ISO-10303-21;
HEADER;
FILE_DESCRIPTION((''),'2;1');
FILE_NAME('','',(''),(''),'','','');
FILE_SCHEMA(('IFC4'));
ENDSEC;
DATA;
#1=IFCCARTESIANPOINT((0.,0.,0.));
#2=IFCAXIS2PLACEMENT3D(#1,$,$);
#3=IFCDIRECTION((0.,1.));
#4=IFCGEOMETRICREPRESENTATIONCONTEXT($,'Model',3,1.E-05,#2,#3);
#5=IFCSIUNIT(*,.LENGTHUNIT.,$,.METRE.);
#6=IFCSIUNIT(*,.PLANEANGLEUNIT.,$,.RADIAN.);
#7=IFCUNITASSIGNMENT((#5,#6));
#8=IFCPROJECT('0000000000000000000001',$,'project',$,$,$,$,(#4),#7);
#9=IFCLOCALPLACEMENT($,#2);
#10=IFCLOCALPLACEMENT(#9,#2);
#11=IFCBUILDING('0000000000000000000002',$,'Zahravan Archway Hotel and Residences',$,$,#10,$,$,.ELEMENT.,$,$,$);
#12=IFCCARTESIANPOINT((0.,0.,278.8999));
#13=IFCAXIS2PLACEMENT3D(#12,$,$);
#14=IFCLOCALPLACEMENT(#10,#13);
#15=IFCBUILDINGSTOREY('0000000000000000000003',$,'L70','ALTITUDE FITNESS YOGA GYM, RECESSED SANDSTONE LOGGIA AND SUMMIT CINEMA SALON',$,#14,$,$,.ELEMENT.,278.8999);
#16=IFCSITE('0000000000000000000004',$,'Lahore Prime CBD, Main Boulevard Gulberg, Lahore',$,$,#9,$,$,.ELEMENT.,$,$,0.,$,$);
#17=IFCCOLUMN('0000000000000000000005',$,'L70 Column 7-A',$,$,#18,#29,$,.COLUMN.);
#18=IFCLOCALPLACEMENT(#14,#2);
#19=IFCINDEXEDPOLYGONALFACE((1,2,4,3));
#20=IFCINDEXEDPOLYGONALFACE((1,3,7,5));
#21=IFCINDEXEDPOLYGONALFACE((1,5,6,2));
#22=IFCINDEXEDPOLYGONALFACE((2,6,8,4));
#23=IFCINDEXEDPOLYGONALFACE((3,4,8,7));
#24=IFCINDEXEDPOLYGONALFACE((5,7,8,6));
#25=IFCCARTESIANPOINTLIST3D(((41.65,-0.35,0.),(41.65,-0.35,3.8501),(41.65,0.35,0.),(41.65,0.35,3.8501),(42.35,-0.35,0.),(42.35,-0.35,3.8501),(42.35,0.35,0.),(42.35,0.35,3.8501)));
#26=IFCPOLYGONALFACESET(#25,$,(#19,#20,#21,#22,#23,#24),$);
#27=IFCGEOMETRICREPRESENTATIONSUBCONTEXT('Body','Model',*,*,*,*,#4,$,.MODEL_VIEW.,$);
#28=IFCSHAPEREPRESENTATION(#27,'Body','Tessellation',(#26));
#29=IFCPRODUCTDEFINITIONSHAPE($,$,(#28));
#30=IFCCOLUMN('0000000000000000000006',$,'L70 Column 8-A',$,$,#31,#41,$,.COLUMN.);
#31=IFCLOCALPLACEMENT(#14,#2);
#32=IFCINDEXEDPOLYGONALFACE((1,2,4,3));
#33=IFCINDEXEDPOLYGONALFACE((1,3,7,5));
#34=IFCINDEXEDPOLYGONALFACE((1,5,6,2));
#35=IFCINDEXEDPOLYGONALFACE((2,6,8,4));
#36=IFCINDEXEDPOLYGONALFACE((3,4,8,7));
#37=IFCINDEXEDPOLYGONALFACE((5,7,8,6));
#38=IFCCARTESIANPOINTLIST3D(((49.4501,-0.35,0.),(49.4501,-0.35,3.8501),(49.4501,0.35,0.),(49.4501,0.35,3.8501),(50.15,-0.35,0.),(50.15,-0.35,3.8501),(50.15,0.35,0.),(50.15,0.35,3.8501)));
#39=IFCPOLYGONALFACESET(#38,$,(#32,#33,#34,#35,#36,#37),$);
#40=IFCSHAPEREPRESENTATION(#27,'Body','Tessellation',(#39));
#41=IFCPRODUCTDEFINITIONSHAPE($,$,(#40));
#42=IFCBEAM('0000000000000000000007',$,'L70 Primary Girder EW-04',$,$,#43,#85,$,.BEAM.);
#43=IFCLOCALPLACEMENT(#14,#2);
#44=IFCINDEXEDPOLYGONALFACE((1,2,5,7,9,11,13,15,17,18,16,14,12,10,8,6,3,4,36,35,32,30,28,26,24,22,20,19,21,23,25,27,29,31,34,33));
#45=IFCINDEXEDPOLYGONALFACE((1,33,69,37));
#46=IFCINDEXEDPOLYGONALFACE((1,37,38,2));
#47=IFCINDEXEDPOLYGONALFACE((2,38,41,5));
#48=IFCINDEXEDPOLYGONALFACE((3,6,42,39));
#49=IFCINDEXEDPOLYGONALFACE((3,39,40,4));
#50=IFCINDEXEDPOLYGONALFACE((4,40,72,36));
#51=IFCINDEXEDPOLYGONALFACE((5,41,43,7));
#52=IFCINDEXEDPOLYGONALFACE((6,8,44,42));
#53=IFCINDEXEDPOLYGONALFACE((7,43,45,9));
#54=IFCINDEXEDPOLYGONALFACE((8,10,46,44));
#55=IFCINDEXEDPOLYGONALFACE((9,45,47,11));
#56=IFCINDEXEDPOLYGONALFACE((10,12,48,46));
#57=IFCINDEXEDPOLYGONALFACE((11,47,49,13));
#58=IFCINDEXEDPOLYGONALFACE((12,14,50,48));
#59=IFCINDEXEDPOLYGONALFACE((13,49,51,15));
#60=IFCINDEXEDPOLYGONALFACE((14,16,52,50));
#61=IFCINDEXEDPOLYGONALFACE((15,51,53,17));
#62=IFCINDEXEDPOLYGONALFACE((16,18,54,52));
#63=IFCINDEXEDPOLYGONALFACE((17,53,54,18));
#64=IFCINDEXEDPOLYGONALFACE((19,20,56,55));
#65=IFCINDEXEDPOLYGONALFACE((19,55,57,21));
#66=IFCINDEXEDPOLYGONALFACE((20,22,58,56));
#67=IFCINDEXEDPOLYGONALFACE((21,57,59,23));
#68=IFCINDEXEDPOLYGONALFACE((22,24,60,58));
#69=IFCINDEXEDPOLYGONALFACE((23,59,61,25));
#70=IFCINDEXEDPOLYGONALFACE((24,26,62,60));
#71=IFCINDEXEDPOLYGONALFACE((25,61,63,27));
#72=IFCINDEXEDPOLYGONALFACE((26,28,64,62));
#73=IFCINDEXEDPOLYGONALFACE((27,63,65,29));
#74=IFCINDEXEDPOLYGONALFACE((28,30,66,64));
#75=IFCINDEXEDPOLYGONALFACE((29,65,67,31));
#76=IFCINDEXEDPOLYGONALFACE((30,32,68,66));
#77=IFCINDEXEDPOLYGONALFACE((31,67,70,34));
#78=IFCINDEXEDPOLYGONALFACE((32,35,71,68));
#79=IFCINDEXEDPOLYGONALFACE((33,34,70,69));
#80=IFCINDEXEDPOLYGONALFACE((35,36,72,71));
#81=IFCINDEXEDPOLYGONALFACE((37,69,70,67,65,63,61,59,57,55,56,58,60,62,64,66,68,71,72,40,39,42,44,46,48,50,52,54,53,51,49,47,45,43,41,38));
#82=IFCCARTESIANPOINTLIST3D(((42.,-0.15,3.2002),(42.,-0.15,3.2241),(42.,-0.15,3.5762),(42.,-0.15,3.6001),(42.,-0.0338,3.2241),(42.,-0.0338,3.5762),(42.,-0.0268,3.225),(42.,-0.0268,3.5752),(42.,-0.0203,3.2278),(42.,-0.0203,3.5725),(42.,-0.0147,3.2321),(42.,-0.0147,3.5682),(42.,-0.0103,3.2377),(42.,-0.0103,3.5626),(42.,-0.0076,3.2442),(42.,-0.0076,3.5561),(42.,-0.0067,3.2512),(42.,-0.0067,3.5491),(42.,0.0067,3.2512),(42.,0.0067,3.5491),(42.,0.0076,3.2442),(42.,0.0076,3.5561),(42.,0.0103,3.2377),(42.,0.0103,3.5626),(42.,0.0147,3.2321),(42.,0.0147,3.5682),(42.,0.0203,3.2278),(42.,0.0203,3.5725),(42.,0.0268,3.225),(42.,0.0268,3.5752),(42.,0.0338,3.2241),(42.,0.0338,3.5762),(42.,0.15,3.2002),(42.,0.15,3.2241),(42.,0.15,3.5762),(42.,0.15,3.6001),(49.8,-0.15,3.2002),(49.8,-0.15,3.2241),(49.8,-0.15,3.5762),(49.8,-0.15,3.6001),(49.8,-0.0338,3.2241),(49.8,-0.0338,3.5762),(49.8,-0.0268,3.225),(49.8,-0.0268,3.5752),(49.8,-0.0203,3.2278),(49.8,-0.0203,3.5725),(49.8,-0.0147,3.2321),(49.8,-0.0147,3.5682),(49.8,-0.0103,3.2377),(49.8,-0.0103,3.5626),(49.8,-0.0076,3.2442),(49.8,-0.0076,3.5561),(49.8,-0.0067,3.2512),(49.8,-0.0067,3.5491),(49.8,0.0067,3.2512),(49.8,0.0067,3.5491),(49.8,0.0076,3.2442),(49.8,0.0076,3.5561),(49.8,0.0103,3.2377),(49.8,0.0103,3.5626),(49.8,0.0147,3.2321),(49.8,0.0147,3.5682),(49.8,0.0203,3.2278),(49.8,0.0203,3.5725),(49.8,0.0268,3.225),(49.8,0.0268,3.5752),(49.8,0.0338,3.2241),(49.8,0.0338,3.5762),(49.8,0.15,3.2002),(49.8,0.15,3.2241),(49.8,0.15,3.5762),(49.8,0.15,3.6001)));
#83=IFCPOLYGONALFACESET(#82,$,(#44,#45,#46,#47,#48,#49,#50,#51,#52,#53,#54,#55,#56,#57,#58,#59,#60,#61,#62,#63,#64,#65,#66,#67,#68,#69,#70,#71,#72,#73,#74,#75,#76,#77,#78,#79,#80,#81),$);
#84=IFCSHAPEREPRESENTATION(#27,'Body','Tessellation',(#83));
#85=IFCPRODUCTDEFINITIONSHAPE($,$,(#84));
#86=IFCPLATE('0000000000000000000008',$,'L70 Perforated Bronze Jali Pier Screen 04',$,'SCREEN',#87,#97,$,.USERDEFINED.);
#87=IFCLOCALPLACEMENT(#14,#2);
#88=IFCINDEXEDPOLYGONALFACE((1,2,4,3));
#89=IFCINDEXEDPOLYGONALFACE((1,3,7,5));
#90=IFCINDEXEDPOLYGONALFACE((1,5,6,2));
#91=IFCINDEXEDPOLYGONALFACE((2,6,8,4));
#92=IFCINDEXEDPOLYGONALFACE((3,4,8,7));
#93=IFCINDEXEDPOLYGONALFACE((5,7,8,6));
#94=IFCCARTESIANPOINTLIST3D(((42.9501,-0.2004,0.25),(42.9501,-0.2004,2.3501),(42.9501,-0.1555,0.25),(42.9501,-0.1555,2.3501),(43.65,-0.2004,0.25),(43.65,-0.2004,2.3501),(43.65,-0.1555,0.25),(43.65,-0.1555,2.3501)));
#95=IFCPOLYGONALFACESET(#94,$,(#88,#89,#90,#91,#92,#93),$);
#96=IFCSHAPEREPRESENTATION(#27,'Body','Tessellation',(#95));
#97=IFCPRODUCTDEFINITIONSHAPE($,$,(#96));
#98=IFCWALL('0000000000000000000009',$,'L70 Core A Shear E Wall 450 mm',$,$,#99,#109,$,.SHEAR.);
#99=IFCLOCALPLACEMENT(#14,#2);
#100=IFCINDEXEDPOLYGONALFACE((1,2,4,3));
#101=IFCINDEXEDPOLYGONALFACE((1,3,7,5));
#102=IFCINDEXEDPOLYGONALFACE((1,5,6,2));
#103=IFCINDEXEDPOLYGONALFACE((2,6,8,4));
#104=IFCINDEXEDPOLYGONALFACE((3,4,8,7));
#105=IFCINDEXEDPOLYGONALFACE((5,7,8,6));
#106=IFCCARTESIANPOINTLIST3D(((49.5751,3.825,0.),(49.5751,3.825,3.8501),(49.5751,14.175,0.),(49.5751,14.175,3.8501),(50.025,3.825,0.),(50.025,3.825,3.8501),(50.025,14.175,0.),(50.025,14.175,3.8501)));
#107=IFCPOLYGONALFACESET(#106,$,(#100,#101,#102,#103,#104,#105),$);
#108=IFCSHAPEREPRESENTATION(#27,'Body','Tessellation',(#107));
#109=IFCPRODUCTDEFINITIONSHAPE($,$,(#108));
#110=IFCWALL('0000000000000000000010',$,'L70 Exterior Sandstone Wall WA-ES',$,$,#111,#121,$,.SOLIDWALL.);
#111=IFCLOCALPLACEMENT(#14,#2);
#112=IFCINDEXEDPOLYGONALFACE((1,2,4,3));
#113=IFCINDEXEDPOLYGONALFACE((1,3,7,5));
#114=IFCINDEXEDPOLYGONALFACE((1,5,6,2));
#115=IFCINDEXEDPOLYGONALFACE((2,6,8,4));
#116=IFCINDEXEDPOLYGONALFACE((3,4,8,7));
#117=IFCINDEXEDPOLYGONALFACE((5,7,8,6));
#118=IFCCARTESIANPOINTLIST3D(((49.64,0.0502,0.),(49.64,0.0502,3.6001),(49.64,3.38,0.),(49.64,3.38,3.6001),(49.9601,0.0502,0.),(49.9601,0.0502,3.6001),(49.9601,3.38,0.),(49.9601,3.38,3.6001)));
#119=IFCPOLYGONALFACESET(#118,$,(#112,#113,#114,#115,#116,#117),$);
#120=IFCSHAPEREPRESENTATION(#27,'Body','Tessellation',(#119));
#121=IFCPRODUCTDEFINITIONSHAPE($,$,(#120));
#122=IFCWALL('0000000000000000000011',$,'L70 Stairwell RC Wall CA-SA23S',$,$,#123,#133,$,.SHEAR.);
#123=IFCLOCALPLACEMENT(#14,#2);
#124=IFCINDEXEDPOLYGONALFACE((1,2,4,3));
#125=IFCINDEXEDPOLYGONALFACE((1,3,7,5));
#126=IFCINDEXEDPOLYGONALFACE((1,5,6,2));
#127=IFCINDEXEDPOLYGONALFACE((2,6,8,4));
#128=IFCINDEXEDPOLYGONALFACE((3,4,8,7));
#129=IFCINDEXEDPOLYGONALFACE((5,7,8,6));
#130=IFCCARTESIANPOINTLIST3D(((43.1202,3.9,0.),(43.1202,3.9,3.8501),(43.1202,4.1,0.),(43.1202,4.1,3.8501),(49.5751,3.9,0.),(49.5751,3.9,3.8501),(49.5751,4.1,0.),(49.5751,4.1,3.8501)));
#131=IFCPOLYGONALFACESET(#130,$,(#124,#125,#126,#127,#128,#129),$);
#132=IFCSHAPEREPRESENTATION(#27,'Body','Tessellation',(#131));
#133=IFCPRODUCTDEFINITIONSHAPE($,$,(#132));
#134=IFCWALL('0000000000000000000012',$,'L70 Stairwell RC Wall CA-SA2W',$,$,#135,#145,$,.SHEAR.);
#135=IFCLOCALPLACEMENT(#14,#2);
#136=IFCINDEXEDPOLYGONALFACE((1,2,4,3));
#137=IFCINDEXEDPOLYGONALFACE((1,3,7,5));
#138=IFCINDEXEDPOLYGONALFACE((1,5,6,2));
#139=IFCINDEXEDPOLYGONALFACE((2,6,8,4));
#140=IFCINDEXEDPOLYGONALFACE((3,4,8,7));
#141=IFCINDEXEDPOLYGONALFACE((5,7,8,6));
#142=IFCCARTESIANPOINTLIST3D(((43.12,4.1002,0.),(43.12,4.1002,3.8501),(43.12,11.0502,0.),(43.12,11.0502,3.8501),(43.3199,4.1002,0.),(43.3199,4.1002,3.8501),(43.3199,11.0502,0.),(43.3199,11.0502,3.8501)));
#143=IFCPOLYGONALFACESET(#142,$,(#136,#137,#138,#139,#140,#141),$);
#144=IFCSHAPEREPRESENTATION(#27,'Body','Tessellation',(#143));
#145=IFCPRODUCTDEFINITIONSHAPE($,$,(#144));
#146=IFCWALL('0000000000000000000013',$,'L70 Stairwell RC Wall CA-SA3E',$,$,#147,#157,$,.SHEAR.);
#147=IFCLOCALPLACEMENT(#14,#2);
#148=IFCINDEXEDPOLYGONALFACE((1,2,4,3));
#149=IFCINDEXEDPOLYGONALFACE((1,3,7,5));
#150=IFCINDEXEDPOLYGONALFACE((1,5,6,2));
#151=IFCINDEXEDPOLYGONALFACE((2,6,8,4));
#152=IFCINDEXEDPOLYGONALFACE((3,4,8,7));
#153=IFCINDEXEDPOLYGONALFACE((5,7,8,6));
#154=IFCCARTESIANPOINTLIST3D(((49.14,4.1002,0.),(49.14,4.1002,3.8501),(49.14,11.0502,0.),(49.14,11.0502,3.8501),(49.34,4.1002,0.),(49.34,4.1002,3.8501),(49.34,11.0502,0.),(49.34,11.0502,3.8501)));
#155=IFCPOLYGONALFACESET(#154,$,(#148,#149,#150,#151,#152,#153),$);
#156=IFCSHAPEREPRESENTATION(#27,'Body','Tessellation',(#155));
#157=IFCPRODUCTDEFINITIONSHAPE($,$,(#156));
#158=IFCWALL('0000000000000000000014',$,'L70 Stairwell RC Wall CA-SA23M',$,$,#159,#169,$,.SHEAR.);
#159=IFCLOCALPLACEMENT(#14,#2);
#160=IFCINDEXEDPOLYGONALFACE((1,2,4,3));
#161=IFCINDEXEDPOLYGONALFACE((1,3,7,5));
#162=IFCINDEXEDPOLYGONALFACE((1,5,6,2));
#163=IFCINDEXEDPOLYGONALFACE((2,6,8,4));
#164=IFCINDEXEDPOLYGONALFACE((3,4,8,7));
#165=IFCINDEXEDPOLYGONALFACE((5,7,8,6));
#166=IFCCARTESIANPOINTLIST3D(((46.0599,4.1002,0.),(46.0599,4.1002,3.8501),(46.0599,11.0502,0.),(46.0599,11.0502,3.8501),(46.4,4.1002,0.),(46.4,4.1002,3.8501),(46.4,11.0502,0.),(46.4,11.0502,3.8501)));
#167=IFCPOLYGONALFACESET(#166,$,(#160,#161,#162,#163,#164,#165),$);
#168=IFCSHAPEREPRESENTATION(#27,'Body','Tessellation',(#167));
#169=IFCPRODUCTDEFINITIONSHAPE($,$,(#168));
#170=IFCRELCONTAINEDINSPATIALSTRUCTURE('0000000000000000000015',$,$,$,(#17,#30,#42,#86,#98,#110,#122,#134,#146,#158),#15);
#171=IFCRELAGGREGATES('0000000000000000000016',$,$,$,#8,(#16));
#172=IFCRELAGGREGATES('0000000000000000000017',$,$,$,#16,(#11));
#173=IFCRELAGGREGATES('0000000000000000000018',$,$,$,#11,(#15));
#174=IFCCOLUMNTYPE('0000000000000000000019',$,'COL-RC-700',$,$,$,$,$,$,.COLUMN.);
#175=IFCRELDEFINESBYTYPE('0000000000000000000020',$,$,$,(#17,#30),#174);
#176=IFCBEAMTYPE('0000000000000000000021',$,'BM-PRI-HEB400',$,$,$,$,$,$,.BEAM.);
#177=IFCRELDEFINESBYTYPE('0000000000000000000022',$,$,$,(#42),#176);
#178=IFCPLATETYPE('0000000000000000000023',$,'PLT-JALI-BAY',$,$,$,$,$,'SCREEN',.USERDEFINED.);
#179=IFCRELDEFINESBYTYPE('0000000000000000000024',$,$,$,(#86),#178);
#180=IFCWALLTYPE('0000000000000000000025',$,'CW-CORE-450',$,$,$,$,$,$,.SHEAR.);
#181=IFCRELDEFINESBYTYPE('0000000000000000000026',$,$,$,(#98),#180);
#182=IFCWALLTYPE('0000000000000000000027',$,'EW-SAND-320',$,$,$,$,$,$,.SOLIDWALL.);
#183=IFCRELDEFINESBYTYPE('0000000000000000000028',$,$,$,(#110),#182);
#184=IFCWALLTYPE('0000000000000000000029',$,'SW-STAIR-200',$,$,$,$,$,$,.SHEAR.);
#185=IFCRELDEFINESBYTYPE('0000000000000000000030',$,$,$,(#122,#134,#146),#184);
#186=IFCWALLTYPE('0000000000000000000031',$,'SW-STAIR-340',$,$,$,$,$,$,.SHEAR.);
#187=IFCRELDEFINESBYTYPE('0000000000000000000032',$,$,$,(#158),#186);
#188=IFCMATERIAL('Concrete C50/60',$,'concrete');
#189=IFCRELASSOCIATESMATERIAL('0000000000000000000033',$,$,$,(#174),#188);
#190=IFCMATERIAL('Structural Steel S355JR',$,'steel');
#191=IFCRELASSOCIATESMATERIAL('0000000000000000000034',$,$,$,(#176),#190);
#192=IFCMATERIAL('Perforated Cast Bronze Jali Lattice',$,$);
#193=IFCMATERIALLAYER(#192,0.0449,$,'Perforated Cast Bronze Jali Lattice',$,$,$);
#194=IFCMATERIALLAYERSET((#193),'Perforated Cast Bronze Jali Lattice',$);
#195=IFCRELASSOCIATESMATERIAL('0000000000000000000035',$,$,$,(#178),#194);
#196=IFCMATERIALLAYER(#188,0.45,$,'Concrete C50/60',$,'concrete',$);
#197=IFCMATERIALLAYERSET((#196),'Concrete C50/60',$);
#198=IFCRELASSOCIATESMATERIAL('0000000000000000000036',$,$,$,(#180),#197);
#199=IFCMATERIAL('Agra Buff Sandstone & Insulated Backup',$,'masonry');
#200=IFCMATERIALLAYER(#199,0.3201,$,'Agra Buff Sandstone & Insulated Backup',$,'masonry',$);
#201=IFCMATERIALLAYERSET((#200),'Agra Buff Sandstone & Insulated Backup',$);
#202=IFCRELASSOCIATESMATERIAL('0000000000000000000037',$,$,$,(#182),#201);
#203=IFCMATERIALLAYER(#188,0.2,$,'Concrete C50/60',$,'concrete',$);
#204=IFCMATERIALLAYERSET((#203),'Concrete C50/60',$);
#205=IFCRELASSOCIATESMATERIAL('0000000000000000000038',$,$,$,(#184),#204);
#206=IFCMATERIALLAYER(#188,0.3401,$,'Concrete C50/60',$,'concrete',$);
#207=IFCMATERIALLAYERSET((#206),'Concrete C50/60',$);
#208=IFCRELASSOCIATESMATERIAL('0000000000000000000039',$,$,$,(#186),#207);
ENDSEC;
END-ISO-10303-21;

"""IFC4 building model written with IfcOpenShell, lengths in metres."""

from ifc_helpers import new_model, si_unit, direction, frame, frame_2d, origin, origin_2d, place, context, subcontext, project, spatial, rectangle, i_section, extrude, source, transform, mapped, material, layer, layer_set, material_profile, profile_set, type_object, type_shapes, element, save


model = new_model("IFC4")

# Units and contexts
model_context = context("Model", 3, precision=1e-05, world=origin(), true_north=direction((0.0, 1.0)))
body_context = subcontext(model_context, "Body", "Model", "MODEL_VIEW")
ifc_project = project(units=[si_unit("LENGTHUNIT", "METRE"), si_unit("PLANEANGLEUNIT", "RADIAN")], contexts=[model_context])

# Site, building, storey
site_placement = place(None, origin())
site = spatial("IfcSite", under=ifc_project, at=site_placement, Name="Lahore Prime CBD, Main Boulevard Gulberg, Lahore", CompositionType="ELEMENT", RefElevation=0.0)
building_placement = place(site_placement, origin())
building = spatial("IfcBuilding", under=site, at=building_placement, Name="Zahravan Archway Hotel and Residences", CompositionType="ELEMENT")
storey_placement = place(building_placement, frame((0.0, 0.0, 278.8999)))
storey = spatial("IfcBuildingStorey", under=building, at=storey_placement, Name="L70", Description="ALTITUDE FITNESS YOGA GYM, RECESSED SANDSTONE LOGGIA AND SUMMIT CINEMA SALON", CompositionType="ELEMENT", Elevation=278.8999)

# Columns
ifc_material_1 = material(Name="Concrete C50/60", Category="concrete")
ifc_material_profile_1 = material_profile(ifc_material_1, rectangle(XDim=0.7, YDim=0.7, at=origin_2d()), Name="RC-COL-700x700", Category="concrete")
ifc_profile_set_1 = profile_set([ifc_material_profile_1], Name="Concrete C50/60")
column_type = type_object("IfcColumnType", Name="COL-RC-700", PredefinedType="COLUMN", material=ifc_profile_set_1)
shared_shape_1 = source(origin(), body_context, "Body", "SweptSolid", [
    extrude(rectangle(XDim=0.7, YDim=0.7, at=origin_2d()), origin(), (0.0, 0.0, 1.0), 3.8501),
])
for number, where, z_axis, x_axis, name in (
    (1, (42.0, 0.0, 0.0), (0.0, 0.0, 1.0), (1.0, 0.0, 0.0), "L70 Column 7-A"),
    (2, (49.8, 0.0, 0.0), (0.0, 0.0, 1.0), (1.0, 0.0, 0.0), "L70 Column 8-A"),
):
    element("IfcColumn", number, at=place(storey_placement, frame(where, z_axis=z_axis, x_axis=x_axis)), inside=storey, type_object=column_type, Name=name, PredefinedType="COLUMN", context=body_context, shape_type="MappedRepresentation", body=[
        mapped(shared_shape_1, transform((0.0, 0.0, 0.0), scale=1.0)),
    ])

# Beam
ifc_material_2 = material(Name="Structural Steel S355JR", Category="steel")
ifc_material_profile_2 = material_profile(ifc_material_2, i_section(OverallWidth=0.3, OverallDepth=0.3999, WebThickness=0.0134, FlangeThickness=0.0239, FilletRadius=0.0271, at=origin_2d()), Name="HEB 400", Category="steel")
ifc_profile_set_2 = profile_set([ifc_material_profile_2], Name="Structural Steel S355JR")
beam_type = type_object("IfcBeamType", Name="BM-PRI-HEB400", PredefinedType="BEAM", material=ifc_profile_set_2)
shared_shape_2 = source(origin(), body_context, "Body", "SweptSolid", [
    extrude(i_section(OverallWidth=0.3, OverallDepth=0.3999, WebThickness=0.0134, FlangeThickness=0.0239, FilletRadius=0.0271, at=origin_2d()), origin(), (0.0, 0.0, 1.0), 7.8),
])
beam_placement = place(storey_placement, frame((42.0, 0.0, 3.4001), z_axis=(1.0, 0.0, 0.0), x_axis=(0.0, 1.0, 0.0)))
element("IfcBeam", 3, at=beam_placement, inside=storey, type_object=beam_type, Name="L70 Primary Girder EW-04", PredefinedType="BEAM", context=body_context, shape_type="MappedRepresentation", body=[
    mapped(shared_shape_2, transform((0.0, 0.0, 0.0), scale=1.0)),
])

# Plate
ifc_material_3 = material(Name="Perforated Cast Bronze Jali Lattice")
ifc_layer_1 = layer(ifc_material_3, 0.0449, Name="Perforated Cast Bronze Jali Lattice")
ifc_layer_set_1 = layer_set([ifc_layer_1], Name="Perforated Cast Bronze Jali Lattice")
plate_type = type_object("IfcPlateType", Name="PLT-JALI-BAY", ElementType="SCREEN", PredefinedType="USERDEFINED", material=ifc_layer_set_1)
shared_shape_3 = source(origin(), body_context, "Body", "SweptSolid", [
    extrude(rectangle(XDim=0.7, YDim=0.0449, at=origin_2d()), origin(), (0.0, 0.0, 1.0), 2.1001),
])
type_shapes(plate_type, [shared_shape_3])
plate_placement = place(storey_placement, frame((43.3, -0.178, 0.25), z_axis=(0.0, 0.0, 1.0), x_axis=(1.0, 0.0, 0.0)))
element("IfcPlate", 4, at=plate_placement, inside=storey, type_object=plate_type, Name="L70 Perforated Bronze Jali Pier Screen 04", ObjectType="SCREEN", PredefinedType="USERDEFINED", context=body_context, shape_type="MappedRepresentation", body=[
    mapped(shared_shape_3, transform((0.0, 0.0, 0.0), scale=1.0)),
])

# Walls
ifc_layer_2 = layer(ifc_material_1, 0.45, Name="Concrete C50/60", Category="concrete")
ifc_layer_set_2 = layer_set([ifc_layer_2], Name="Concrete C50/60")
wall_type_1 = type_object("IfcWallType", Name="CW-CORE-450", PredefinedType="SHEAR", material=ifc_layer_set_2)
wall_1_placement = place(storey_placement, frame((49.8, 3.825, 0.0), z_axis=(0.0, 0.0, 1.0), x_axis=(0.0, 1.0, 0.0)))
element("IfcWall", 5, at=wall_1_placement, inside=storey, type_object=wall_type_1, Name="L70 Core A Shear E Wall 450 mm", PredefinedType="SHEAR", context=body_context, shape_type="SweptSolid", body=[
    extrude(rectangle(XDim=10.3501, YDim=0.45, at=frame_2d((5.175, 0.0))), origin(), (0.0, 0.0, 1.0), 3.8501),
])
ifc_material_4 = material(Name="Agra Buff Sandstone & Insulated Backup", Category="masonry")
ifc_layer_3 = layer(ifc_material_4, 0.3201, Name="Agra Buff Sandstone & Insulated Backup", Category="masonry")
ifc_layer_set_3 = layer_set([ifc_layer_3], Name="Agra Buff Sandstone & Insulated Backup")
wall_type_2 = type_object("IfcWallType", Name="EW-SAND-320", PredefinedType="SOLIDWALL", material=ifc_layer_set_3)
wall_2_placement = place(storey_placement, frame((49.8, 0.05, 0.0), z_axis=(0.0, 0.0, 1.0), x_axis=(0.0, 1.0, 0.0)))
element("IfcWall", 6, at=wall_2_placement, inside=storey, type_object=wall_type_2, Name="L70 Exterior Sandstone Wall WA-ES", PredefinedType="SOLIDWALL", context=body_context, shape_type="SweptSolid", body=[
    extrude(rectangle(XDim=3.3298, YDim=0.3201, at=frame_2d((1.665, 0.0))), origin(), (0.0, 0.0, 1.0), 3.6001),
])
ifc_layer_4 = layer(ifc_material_1, 0.2, Name="Concrete C50/60", Category="concrete")
ifc_layer_set_4 = layer_set([ifc_layer_4], Name="Concrete C50/60")
wall_type_3 = type_object("IfcWallType", Name="SW-STAIR-200", PredefinedType="SHEAR", material=ifc_layer_set_4)
wall_3_placement = place(storey_placement, frame((43.1201, 4.0, 0.0), z_axis=(0.0, 0.0, 1.0), x_axis=(1.0, 0.0, 0.0)))
element("IfcWall", 7, at=wall_3_placement, inside=storey, type_object=wall_type_3, Name="L70 Stairwell RC Wall CA-SA23S", PredefinedType="SHEAR", context=body_context, shape_type="SweptSolid", body=[
    extrude(rectangle(XDim=6.4548, YDim=0.2, at=frame_2d((3.2275, 0.0))), origin(), (0.0, 0.0, 1.0), 3.8501),
])
for number, where, z_axis, x_axis, name in (
    (8, (43.22, 4.1001, 0.0), (0.0, 0.0, 1.0), (0.0, 1.0, 0.0), "L70 Stairwell RC Wall CA-SA2W"),
    (9, (49.24, 4.1001, 0.0), (0.0, 0.0, 1.0), (0.0, 1.0, 0.0), "L70 Stairwell RC Wall CA-SA3E"),
):
    element("IfcWall", number, at=place(storey_placement, frame(where, z_axis=z_axis, x_axis=x_axis)), inside=storey, type_object=wall_type_3, Name=name, PredefinedType="SHEAR", context=body_context, shape_type="SweptSolid", body=[
        extrude(rectangle(XDim=6.95, YDim=0.2, at=frame_2d((3.4751, 0.0))), origin(), (0.0, 0.0, 1.0), 3.8501),
    ])
ifc_layer_5 = layer(ifc_material_1, 0.3401, Name="Concrete C50/60", Category="concrete")
ifc_layer_set_5 = layer_set([ifc_layer_5], Name="Concrete C50/60")
wall_type_4 = type_object("IfcWallType", Name="SW-STAIR-340", PredefinedType="SHEAR", material=ifc_layer_set_5)
wall_4_placement = place(storey_placement, frame((46.23, 4.1001, 0.0), z_axis=(0.0, 0.0, 1.0), x_axis=(0.0, 1.0, 0.0)))
element("IfcWall", 10, at=wall_4_placement, inside=storey, type_object=wall_type_4, Name="L70 Stairwell RC Wall CA-SA23M", PredefinedType="SHEAR", context=body_context, shape_type="SweptSolid", body=[
    extrude(rectangle(XDim=6.95, YDim=0.3401, at=frame_2d((3.4751, 0.0))), origin(), (0.0, 0.0, 1.0), 3.8501),
])

save(model, "model.ifc")
